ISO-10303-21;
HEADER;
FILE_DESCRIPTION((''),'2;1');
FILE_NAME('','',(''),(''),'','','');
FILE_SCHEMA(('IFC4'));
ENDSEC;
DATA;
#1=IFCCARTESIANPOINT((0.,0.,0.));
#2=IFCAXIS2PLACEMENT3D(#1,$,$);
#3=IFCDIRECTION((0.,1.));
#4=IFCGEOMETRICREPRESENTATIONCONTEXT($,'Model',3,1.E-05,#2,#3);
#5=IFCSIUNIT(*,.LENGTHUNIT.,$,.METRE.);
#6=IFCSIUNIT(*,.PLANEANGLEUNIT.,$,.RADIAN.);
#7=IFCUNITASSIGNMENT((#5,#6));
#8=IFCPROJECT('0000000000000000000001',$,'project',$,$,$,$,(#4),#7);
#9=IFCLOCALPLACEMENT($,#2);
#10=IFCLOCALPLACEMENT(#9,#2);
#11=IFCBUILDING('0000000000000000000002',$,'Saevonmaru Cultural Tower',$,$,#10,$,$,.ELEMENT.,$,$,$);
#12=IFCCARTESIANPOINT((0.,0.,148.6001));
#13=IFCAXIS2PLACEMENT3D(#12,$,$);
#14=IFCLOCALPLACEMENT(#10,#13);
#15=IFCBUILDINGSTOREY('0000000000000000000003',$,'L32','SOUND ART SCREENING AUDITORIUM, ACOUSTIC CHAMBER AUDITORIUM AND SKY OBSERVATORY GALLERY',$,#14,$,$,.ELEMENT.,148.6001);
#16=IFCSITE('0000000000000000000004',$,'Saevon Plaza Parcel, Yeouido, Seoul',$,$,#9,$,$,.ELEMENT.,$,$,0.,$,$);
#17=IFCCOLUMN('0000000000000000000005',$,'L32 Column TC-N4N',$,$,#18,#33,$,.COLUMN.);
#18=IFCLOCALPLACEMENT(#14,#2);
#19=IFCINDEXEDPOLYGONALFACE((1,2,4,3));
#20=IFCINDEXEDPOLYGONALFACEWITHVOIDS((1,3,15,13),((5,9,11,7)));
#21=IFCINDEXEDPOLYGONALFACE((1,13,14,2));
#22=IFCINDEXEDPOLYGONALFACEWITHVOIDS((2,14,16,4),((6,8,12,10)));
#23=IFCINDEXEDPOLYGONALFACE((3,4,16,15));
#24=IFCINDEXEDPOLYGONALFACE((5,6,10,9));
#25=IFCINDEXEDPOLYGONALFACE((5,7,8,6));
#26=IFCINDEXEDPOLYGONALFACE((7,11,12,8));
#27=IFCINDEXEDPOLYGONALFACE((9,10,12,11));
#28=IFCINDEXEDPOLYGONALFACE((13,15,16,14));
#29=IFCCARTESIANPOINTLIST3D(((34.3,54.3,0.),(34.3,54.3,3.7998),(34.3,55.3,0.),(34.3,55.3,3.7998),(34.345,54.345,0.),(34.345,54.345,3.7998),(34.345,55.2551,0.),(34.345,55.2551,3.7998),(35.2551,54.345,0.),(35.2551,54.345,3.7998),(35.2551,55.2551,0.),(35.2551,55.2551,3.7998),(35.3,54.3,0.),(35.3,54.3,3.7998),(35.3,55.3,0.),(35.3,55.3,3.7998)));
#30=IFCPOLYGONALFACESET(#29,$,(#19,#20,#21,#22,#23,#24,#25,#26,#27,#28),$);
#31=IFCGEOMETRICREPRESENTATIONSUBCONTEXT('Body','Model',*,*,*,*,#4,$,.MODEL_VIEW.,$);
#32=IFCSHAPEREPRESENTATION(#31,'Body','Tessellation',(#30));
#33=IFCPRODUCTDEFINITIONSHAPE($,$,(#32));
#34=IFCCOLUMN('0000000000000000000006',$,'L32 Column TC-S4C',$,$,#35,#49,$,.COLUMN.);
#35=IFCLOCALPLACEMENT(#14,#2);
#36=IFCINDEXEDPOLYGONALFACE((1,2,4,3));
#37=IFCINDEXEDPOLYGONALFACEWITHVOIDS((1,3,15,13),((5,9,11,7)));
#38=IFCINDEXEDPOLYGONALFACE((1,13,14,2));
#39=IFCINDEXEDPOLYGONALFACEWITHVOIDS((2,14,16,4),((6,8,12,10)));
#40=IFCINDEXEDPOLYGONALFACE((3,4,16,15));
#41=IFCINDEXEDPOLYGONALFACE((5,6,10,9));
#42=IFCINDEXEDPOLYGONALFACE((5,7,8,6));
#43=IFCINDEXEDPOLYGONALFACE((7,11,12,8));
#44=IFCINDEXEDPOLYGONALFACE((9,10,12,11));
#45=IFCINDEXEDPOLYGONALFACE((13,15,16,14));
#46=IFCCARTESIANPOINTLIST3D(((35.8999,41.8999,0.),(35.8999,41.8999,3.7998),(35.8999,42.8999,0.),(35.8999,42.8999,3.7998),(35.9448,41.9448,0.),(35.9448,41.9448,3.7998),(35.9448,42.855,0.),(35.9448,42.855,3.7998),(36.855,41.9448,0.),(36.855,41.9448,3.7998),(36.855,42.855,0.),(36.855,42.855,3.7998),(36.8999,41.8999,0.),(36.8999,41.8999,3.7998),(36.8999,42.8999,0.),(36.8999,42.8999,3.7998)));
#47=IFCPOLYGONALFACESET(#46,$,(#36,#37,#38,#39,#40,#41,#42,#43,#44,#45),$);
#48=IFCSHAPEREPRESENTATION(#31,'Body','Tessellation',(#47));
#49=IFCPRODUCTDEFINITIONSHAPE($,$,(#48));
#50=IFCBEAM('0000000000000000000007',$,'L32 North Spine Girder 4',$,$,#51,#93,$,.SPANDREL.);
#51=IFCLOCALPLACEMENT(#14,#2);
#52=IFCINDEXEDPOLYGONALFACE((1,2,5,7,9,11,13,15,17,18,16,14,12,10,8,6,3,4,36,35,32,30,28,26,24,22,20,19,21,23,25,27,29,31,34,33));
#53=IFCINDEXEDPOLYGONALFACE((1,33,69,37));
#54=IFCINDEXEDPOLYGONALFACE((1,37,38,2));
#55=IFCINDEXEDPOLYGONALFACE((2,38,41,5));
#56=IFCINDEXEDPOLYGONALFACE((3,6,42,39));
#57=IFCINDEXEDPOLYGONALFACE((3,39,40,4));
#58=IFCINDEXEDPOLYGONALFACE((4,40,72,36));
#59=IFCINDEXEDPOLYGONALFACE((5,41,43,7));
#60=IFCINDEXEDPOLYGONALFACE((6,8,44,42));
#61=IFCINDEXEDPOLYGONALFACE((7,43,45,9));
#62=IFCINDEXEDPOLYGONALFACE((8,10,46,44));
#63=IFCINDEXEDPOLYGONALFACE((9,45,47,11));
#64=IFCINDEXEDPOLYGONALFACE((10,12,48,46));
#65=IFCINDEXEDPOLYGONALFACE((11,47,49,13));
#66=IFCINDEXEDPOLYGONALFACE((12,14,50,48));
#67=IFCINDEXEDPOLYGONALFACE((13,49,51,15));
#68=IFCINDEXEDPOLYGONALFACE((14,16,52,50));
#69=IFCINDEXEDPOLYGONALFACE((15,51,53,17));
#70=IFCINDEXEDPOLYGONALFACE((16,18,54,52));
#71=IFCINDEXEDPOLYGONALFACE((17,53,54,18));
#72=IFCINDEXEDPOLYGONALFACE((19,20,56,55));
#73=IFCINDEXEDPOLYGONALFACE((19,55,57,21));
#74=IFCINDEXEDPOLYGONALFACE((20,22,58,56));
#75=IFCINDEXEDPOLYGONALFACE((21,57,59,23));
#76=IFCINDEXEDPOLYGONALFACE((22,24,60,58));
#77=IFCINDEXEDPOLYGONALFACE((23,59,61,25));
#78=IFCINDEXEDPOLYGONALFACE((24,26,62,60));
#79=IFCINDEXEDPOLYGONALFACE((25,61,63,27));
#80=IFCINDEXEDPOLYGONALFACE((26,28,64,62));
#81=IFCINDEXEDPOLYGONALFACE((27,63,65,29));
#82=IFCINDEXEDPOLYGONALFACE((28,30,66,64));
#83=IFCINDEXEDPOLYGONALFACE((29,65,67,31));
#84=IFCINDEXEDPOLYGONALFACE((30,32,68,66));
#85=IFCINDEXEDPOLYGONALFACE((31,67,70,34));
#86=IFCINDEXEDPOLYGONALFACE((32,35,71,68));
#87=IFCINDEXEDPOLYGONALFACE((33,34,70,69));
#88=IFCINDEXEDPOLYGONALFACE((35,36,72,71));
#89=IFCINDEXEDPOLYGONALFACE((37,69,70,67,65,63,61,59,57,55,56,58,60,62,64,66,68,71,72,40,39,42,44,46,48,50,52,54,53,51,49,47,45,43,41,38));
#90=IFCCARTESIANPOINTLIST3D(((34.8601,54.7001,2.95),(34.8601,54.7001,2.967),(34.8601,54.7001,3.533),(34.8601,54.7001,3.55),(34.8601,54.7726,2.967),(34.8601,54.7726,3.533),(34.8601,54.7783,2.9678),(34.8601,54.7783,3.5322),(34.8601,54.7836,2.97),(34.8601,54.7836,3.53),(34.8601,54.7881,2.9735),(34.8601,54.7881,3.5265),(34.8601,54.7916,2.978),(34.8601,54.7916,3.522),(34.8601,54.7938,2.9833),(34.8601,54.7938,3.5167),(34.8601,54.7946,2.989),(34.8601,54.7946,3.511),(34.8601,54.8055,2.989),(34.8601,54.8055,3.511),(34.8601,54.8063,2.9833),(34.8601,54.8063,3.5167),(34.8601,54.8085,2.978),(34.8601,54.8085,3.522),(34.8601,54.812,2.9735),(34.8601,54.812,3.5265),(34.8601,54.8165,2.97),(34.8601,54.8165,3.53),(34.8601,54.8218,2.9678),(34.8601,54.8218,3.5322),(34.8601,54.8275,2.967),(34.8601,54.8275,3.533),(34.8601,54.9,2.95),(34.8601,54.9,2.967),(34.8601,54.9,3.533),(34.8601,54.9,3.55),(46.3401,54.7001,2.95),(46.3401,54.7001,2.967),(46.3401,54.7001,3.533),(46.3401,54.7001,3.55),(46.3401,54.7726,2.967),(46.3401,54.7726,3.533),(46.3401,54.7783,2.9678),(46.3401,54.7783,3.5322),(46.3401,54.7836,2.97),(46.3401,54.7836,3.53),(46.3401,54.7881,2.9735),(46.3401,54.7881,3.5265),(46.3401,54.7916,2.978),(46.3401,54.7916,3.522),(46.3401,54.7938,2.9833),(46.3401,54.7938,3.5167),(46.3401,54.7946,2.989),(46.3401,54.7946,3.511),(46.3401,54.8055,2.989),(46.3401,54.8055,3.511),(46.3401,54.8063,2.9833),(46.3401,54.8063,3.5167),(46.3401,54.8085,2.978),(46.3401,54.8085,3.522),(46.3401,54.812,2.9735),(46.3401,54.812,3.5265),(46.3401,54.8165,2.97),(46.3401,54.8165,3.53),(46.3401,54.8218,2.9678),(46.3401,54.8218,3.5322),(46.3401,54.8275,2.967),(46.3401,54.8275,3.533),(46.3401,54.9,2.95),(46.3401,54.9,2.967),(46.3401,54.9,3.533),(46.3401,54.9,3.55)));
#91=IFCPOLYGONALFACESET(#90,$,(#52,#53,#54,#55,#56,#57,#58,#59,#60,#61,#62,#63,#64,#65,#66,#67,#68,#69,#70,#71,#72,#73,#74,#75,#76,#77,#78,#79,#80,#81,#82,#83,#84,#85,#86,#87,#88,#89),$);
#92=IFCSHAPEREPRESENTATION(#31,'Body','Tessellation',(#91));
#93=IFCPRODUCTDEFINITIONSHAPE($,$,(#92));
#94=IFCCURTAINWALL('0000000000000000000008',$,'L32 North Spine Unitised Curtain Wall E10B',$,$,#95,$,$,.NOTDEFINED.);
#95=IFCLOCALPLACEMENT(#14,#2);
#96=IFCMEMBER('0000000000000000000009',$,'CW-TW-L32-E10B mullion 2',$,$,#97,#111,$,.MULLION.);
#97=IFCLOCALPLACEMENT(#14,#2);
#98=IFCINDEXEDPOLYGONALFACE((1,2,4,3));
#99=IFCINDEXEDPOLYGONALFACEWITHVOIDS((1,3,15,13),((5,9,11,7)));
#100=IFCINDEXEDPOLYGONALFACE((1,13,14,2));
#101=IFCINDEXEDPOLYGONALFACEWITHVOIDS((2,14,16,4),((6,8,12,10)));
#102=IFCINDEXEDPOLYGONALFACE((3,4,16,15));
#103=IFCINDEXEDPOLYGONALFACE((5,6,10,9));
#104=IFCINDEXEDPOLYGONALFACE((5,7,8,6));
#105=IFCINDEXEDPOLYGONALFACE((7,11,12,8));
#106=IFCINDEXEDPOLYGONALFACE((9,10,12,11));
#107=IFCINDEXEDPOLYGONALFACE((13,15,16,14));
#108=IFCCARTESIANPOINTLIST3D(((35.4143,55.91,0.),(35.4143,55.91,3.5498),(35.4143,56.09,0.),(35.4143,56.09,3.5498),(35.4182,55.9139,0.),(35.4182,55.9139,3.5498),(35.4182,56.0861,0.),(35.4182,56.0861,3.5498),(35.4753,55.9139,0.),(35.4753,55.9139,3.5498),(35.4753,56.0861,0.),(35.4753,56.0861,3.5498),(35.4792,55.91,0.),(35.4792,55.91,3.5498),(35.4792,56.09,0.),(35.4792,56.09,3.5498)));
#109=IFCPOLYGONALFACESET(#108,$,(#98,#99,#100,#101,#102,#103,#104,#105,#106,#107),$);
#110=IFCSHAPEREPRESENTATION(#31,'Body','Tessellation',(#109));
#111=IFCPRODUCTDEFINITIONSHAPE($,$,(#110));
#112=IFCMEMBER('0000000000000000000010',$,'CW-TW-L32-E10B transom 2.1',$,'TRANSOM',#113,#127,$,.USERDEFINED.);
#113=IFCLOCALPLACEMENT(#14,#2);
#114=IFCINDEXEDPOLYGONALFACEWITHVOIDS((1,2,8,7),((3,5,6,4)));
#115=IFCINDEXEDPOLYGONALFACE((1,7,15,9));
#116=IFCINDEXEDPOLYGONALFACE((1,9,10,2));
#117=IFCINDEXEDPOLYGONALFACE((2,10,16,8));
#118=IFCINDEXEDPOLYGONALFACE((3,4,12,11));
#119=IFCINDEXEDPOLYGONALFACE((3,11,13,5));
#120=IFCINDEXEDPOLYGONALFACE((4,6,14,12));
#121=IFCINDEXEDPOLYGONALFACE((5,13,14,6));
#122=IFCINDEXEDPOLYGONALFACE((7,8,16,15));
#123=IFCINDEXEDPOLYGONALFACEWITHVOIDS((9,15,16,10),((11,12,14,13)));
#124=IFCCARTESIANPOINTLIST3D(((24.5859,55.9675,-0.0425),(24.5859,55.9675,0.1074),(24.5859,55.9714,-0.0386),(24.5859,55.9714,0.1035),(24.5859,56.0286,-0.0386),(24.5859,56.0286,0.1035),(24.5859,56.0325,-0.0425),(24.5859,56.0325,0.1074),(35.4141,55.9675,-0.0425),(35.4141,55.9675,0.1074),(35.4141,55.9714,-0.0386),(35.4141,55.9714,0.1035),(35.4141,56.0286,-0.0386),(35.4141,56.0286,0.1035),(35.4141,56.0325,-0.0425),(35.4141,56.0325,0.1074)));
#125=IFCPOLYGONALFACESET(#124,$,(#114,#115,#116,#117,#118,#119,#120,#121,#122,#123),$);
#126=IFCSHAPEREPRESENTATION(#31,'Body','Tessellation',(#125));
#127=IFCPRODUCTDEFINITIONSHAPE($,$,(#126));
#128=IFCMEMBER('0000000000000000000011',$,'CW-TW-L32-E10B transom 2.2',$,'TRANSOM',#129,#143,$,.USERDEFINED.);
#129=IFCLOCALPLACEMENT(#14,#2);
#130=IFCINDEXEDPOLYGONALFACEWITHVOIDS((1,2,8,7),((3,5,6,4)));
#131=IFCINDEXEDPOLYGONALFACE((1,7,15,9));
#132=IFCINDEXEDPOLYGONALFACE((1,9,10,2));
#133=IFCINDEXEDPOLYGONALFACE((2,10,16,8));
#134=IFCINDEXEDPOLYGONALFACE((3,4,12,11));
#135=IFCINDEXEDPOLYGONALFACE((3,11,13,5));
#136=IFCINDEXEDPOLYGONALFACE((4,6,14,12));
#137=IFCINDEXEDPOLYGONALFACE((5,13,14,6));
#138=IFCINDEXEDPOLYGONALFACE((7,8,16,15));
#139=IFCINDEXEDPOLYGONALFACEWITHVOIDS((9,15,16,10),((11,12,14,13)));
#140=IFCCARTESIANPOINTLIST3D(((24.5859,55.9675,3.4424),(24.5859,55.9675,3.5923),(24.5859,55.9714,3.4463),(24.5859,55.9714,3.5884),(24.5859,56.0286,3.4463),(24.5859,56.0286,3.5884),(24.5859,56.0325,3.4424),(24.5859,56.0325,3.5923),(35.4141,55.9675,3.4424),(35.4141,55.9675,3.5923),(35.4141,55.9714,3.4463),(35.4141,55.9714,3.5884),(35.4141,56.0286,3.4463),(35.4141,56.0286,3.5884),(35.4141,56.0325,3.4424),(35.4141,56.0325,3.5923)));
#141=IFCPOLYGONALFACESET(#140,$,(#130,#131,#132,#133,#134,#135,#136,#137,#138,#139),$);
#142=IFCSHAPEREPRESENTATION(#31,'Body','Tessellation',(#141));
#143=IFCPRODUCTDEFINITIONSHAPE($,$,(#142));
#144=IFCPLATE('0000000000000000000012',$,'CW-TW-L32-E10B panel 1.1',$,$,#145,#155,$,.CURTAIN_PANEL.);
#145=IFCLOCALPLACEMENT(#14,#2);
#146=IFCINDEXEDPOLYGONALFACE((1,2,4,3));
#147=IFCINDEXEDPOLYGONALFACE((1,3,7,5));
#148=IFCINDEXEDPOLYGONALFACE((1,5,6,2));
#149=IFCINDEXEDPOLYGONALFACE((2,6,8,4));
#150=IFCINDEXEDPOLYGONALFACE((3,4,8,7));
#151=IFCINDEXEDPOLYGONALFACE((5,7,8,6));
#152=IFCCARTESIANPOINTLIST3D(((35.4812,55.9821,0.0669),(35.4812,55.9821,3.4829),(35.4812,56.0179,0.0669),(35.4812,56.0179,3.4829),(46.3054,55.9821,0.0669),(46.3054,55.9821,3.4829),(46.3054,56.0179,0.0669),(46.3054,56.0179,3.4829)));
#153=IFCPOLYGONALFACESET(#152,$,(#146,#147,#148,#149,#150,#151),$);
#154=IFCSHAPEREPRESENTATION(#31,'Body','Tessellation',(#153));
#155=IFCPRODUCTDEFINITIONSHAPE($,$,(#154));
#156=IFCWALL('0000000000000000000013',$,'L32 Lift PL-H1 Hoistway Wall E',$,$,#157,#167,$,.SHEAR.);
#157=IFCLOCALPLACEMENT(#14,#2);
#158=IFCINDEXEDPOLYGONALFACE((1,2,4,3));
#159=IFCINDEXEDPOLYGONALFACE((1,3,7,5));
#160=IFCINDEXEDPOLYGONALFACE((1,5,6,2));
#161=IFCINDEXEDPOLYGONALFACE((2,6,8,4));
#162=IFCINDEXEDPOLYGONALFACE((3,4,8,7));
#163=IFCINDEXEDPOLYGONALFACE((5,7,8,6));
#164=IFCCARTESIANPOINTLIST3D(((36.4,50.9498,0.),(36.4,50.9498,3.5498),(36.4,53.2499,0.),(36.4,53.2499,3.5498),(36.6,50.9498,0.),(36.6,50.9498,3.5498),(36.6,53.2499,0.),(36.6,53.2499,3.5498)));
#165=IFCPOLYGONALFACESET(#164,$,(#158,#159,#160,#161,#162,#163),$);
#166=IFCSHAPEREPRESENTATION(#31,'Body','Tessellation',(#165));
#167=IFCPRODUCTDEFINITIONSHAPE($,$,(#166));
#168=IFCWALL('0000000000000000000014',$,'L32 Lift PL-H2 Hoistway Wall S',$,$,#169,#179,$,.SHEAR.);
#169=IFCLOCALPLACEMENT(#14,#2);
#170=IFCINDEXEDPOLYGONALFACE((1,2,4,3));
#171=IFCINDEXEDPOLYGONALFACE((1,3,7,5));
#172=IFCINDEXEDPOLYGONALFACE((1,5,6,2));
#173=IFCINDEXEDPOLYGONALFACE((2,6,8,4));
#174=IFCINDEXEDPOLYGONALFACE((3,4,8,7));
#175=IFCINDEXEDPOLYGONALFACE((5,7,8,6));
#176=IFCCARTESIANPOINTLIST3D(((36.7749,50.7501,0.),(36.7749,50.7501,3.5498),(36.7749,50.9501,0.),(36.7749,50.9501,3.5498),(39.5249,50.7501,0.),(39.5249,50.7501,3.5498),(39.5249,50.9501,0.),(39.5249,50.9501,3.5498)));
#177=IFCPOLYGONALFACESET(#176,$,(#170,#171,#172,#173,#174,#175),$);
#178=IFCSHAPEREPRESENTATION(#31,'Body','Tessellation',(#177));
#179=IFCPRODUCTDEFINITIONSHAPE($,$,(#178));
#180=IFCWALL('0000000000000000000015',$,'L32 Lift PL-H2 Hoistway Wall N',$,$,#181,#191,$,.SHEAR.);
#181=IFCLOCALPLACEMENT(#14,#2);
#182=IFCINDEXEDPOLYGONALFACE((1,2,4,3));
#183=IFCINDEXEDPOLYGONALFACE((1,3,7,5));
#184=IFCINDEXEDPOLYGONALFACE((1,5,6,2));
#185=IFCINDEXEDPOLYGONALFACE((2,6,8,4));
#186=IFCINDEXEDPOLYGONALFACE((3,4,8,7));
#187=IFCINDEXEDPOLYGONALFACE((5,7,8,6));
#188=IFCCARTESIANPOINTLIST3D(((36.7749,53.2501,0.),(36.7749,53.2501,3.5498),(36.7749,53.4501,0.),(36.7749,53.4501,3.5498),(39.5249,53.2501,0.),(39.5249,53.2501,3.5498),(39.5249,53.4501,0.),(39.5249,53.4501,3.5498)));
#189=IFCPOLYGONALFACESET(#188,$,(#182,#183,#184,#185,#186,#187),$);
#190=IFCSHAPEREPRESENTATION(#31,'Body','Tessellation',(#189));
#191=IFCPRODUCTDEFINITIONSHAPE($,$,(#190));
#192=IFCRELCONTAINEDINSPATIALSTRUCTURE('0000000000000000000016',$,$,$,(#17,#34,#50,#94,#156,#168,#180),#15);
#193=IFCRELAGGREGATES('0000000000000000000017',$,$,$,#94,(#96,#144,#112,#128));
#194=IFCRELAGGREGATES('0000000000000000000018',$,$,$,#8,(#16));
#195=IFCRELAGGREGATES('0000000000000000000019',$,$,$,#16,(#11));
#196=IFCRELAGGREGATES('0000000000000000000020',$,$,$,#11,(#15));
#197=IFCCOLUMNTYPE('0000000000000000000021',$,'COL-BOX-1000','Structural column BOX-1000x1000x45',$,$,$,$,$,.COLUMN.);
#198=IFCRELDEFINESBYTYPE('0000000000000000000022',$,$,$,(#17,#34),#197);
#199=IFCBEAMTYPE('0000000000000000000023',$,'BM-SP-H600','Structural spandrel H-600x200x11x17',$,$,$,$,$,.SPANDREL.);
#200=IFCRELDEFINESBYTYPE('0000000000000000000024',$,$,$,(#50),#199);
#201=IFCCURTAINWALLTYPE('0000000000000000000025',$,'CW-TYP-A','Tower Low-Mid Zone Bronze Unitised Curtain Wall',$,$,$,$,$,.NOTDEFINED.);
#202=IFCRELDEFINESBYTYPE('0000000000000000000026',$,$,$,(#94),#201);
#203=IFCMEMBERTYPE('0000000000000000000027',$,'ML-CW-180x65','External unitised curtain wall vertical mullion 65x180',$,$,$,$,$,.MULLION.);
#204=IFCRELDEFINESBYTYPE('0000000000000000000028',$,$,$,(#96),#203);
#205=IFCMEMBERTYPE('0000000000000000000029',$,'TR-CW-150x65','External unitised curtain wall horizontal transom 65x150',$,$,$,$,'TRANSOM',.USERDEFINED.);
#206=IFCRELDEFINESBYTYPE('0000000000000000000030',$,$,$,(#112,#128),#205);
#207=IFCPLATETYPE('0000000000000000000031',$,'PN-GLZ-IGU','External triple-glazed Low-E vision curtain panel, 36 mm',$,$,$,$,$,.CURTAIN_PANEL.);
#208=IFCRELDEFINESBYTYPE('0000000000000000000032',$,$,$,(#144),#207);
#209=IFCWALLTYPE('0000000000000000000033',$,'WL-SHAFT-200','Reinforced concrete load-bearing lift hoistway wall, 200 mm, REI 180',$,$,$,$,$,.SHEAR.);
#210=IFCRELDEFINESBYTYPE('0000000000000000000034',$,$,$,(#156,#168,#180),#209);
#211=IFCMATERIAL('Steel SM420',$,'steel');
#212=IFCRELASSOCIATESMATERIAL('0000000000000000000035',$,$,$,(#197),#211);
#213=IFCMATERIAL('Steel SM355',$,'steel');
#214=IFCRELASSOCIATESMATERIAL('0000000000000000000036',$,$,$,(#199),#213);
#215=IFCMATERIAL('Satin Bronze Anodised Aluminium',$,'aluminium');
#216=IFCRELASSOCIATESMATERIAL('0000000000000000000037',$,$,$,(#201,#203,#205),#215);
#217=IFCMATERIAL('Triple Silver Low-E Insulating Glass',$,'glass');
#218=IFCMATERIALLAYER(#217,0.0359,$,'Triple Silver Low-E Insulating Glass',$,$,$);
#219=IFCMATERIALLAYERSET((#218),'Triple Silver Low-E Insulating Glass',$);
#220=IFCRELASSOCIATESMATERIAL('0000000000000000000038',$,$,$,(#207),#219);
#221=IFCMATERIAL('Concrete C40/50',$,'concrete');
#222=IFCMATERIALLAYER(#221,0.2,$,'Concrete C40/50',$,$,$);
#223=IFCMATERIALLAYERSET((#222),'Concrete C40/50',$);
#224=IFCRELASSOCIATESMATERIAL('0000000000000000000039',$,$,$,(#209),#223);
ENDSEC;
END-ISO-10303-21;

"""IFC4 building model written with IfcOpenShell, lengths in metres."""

from ifc_helpers import new_model, si_unit, direction, frame, frame_2d, origin, origin_2d, place, context, subcontext, project, spatial, rectangle, hollow_rectangle, i_section, extrude, material, layer, layer_set, material_profile, profile_set, type_object, element, aggregate, save


model = new_model("IFC4")

# Units and contexts
model_context = context("Model", 3, precision=1e-05, world=origin(), true_north=direction((0.0, 1.0)))
body_context = subcontext(model_context, "Body", "Model", "MODEL_VIEW")
ifc_project = project(units=[si_unit("LENGTHUNIT", "METRE"), si_unit("PLANEANGLEUNIT", "RADIAN")], contexts=[model_context])

# Site, building, storey
site_placement = place(None, origin())
site = spatial("IfcSite", under=ifc_project, at=site_placement, Name="Saevon Plaza Parcel, Yeouido, Seoul", CompositionType="ELEMENT", RefElevation=0.0)
building_placement = place(site_placement, origin())
building = spatial("IfcBuilding", under=site, at=building_placement, Name="Saevonmaru Cultural Tower", CompositionType="ELEMENT")
storey_placement = place(building_placement, frame((0.0, 0.0, 148.6001)))
storey = spatial("IfcBuildingStorey", under=building, at=storey_placement, Name="L32", Description="SOUND ART SCREENING AUDITORIUM, ACOUSTIC CHAMBER AUDITORIUM AND SKY OBSERVATORY GALLERY", CompositionType="ELEMENT", Elevation=148.6001)

# Columns
ifc_material_1 = material(Name="Steel SM420", Category="steel")
ifc_material_profile_1 = material_profile(ifc_material_1, hollow_rectangle(XDim=1.0, YDim=1.0, WallThickness=0.0449, at=origin_2d()), Name="BOX-1000x1000x45")
ifc_profile_set_1 = profile_set([ifc_material_profile_1], Name="Steel SM420")
column_type = type_object("IfcColumnType", Name="COL-BOX-1000", Description="Structural column BOX-1000x1000x45", PredefinedType="COLUMN", material=ifc_profile_set_1)
for number, where, z_axis, x_axis, name in (
    (1, (34.8, 54.8, 0.0), (0.0, 0.0, 1.0), (1.0, 0.0, 0.0), "L32 Column TC-N4N"),
    (2, (36.3999, 42.3999, 0.0), (0.0, 0.0, 1.0), (1.0, 0.0, 0.0), "L32 Column TC-S4C"),
):
    element("IfcColumn", number, at=place(storey_placement, frame(where, z_axis=z_axis, x_axis=x_axis)), inside=storey, type_object=column_type, Name=name, PredefinedType="COLUMN", context=body_context, shape_type="SweptSolid", body=[
        extrude(hollow_rectangle(XDim=1.0, YDim=1.0, WallThickness=0.0449, at=origin_2d()), origin(), (0.0, 0.0, 1.0), 3.7998),
    ])

# Beam
ifc_material_2 = material(Name="Steel SM355", Category="steel")
ifc_material_profile_2 = material_profile(ifc_material_2, i_section(OverallWidth=0.2, OverallDepth=0.6001, WebThickness=0.011, FlangeThickness=0.0171, FilletRadius=0.022, at=origin_2d()), Name="H-600x200x11x17")
ifc_profile_set_2 = profile_set([ifc_material_profile_2], Name="Steel SM355")
beam_type = type_object("IfcBeamType", Name="BM-SP-H600", Description="Structural spandrel H-600x200x11x17", PredefinedType="SPANDREL", material=ifc_profile_set_2)
beam_placement = place(storey_placement, frame((34.8601, 54.8, 3.25), z_axis=(1.0, 0.0, 0.0), x_axis=(0.0, 1.0, 0.0)))
element("IfcBeam", 3, at=beam_placement, inside=storey, type_object=beam_type, Name="L32 North Spine Girder 4", PredefinedType="SPANDREL", context=body_context, shape_type="SweptSolid", body=[
    extrude(i_section(OverallWidth=0.2, OverallDepth=0.6001, WebThickness=0.011, FlangeThickness=0.0171, FilletRadius=0.022, at=origin_2d()), origin(), (0.0, 0.0, 1.0), 11.48),
])

# Curtain wall, members, plate
ifc_material_3 = material(Name="Satin Bronze Anodised Aluminium", Category="aluminium")
curtain_wall_type = type_object("IfcCurtainWallType", Name="CW-TYP-A", Description="Tower Low-Mid Zone Bronze Unitised Curtain Wall", PredefinedType="NOTDEFINED", material=ifc_material_3)
curtain_wall_placement = place(storey_placement, origin())
curtain_wall = element("IfcCurtainWall", 4, at=curtain_wall_placement, inside=storey, type_object=curtain_wall_type, Name="L32 North Spine Unitised Curtain Wall E10B", PredefinedType="NOTDEFINED")
ifc_material_profile_3 = material_profile(ifc_material_3, hollow_rectangle(XDim=0.0649, YDim=0.1799, WallThickness=0.0039, at=origin_2d()), Name="ALU-MULL-180x65x4")
ifc_profile_set_3 = profile_set([ifc_material_profile_3], Name="Satin Bronze Anodised Aluminium")
member_type_1 = type_object("IfcMemberType", Name="ML-CW-180x65", Description="External unitised curtain wall vertical mullion 65x180", PredefinedType="MULLION", material=ifc_profile_set_3)
member_1_placement = place(storey_placement, frame((35.4468, 56.0, 0.0), z_axis=(0.0, 0.0, 1.0), x_axis=(-1.0, 0.0, 0.0)))
member_1 = element("IfcMember", 5, at=member_1_placement, type_object=member_type_1, Name="CW-TW-L32-E10B mullion 2", PredefinedType="MULLION", context=body_context, shape_type="SweptSolid", body=[
    extrude(hollow_rectangle(XDim=0.0649, YDim=0.1799, WallThickness=0.0039, at=origin_2d()), origin(), (0.0, 0.0, 1.0), 3.5498),
])
ifc_material_profile_4 = material_profile(ifc_material_3, hollow_rectangle(XDim=0.0649, YDim=0.1499, WallThickness=0.0039, at=origin_2d()), Name="ALU-TRAN-150x65x4")
ifc_profile_set_4 = profile_set([ifc_material_profile_4], Name="Satin Bronze Anodised Aluminium")
member_type_2 = type_object("IfcMemberType", Name="TR-CW-150x65", Description="External unitised curtain wall horizontal transom 65x150", ElementType="TRANSOM", PredefinedType="USERDEFINED", material=ifc_profile_set_4)
member_2_placement = place(storey_placement, frame((35.4141, 56.0, 0.0325), z_axis=(-1.0, 0.0, 0.0), x_axis=(0.0, -1.0, 0.0)))
member_2 = element("IfcMember", 6, at=member_2_placement, type_object=member_type_2, Name="CW-TW-L32-E10B transom 2.1", ObjectType="TRANSOM", PredefinedType="USERDEFINED", context=body_context, shape_type="SweptSolid", body=[
    extrude(hollow_rectangle(XDim=0.0649, YDim=0.1499, WallThickness=0.0039, at=origin_2d()), origin(), (0.0, 0.0, 1.0), 10.8281),
])
member_3_placement = place(storey_placement, frame((35.4141, 56.0, 3.5173), z_axis=(-1.0, 0.0, 0.0), x_axis=(0.0, -1.0, 0.0)))
member_3 = element("IfcMember", 7, at=member_3_placement, type_object=member_type_2, Name="CW-TW-L32-E10B transom 2.2", ObjectType="TRANSOM", PredefinedType="USERDEFINED", context=body_context, shape_type="SweptSolid", body=[
    extrude(hollow_rectangle(XDim=0.0649, YDim=0.1499, WallThickness=0.0039, at=origin_2d()), origin(), (0.0, 0.0, 1.0), 10.8281),
])
ifc_material_4 = material(Name="Triple Silver Low-E Insulating Glass", Category="glass")
ifc_layer_1 = layer(ifc_material_4, 0.0359, Name="Triple Silver Low-E Insulating Glass")
ifc_layer_set_1 = layer_set([ifc_layer_1], Name="Triple Silver Low-E Insulating Glass")
plate_type = type_object("IfcPlateType", Name="PN-GLZ-IGU", Description="External triple-glazed Low-E vision curtain panel, 36 mm", PredefinedType="CURTAIN_PANEL", material=ifc_layer_set_1)
plate_placement = place(storey_placement, frame((40.8933, 56.0, 0.0669), z_axis=(0.0, 0.0, 1.0), x_axis=(-1.0, 0.0, 0.0)))
plate = element("IfcPlate", 8, at=plate_placement, type_object=plate_type, Name="CW-TW-L32-E10B panel 1.1", PredefinedType="CURTAIN_PANEL", context=body_context, shape_type="SweptSolid", body=[
    extrude(rectangle(XDim=10.8242, YDim=0.0359, at=origin_2d()), origin(), (0.0, 0.0, 1.0), 3.416),
])
aggregate(curtain_wall, [member_1, plate, member_2, member_3])

# Walls
ifc_material_5 = material(Name="Concrete C40/50", Category="concrete")
ifc_layer_2 = layer(ifc_material_5, 0.2, Name="Concrete C40/50")
ifc_layer_set_2 = layer_set([ifc_layer_2], Name="Concrete C40/50")
wall_type_1 = type_object("IfcWallType", Name="WL-SHAFT-200", Description="Reinforced concrete load-bearing lift hoistway wall, 200 mm, REI 180", PredefinedType="SHEAR", material=ifc_layer_set_2)
wall_1_placement = place(storey_placement, frame((36.5, 50.95, 0.0), z_axis=(0.0, 0.0, 1.0), x_axis=(0.0, 1.0, 0.0)))
element("IfcWall", 9, at=wall_1_placement, inside=storey, type_object=wall_type_1, Name="L32 Lift PL-H1 Hoistway Wall E", PredefinedType="SHEAR", context=body_context, shape_type="SweptSolid", body=[
    extrude(rectangle(XDim=2.3, YDim=0.2, at=frame_2d((1.1499, 0.0))), origin(), (0.0, 0.0, 1.0), 3.5498),
])
for number, where, z_axis, x_axis, name in (
    (10, (36.7749, 50.8501, 0.0), (0.0, 0.0, 1.0), (1.0, 0.0, 0.0), "L32 Lift PL-H2 Hoistway Wall S"),
    (11, (36.7749, 53.3501, 0.0), (0.0, 0.0, 1.0), (1.0, 0.0, 0.0), "L32 Lift PL-H2 Hoistway Wall N"),
):
    element("IfcWall", number, at=place(storey_placement, frame(where, z_axis=z_axis, x_axis=x_axis)), inside=storey, type_object=wall_type_1, Name=name, PredefinedType="SHEAR", context=body_context, shape_type="SweptSolid", body=[
        extrude(rectangle(XDim=2.75, YDim=0.2, at=frame_2d((1.375, 0.0))), origin(), (0.0, 0.0, 1.0), 3.5498),
    ])

save(model, "model.ifc")
